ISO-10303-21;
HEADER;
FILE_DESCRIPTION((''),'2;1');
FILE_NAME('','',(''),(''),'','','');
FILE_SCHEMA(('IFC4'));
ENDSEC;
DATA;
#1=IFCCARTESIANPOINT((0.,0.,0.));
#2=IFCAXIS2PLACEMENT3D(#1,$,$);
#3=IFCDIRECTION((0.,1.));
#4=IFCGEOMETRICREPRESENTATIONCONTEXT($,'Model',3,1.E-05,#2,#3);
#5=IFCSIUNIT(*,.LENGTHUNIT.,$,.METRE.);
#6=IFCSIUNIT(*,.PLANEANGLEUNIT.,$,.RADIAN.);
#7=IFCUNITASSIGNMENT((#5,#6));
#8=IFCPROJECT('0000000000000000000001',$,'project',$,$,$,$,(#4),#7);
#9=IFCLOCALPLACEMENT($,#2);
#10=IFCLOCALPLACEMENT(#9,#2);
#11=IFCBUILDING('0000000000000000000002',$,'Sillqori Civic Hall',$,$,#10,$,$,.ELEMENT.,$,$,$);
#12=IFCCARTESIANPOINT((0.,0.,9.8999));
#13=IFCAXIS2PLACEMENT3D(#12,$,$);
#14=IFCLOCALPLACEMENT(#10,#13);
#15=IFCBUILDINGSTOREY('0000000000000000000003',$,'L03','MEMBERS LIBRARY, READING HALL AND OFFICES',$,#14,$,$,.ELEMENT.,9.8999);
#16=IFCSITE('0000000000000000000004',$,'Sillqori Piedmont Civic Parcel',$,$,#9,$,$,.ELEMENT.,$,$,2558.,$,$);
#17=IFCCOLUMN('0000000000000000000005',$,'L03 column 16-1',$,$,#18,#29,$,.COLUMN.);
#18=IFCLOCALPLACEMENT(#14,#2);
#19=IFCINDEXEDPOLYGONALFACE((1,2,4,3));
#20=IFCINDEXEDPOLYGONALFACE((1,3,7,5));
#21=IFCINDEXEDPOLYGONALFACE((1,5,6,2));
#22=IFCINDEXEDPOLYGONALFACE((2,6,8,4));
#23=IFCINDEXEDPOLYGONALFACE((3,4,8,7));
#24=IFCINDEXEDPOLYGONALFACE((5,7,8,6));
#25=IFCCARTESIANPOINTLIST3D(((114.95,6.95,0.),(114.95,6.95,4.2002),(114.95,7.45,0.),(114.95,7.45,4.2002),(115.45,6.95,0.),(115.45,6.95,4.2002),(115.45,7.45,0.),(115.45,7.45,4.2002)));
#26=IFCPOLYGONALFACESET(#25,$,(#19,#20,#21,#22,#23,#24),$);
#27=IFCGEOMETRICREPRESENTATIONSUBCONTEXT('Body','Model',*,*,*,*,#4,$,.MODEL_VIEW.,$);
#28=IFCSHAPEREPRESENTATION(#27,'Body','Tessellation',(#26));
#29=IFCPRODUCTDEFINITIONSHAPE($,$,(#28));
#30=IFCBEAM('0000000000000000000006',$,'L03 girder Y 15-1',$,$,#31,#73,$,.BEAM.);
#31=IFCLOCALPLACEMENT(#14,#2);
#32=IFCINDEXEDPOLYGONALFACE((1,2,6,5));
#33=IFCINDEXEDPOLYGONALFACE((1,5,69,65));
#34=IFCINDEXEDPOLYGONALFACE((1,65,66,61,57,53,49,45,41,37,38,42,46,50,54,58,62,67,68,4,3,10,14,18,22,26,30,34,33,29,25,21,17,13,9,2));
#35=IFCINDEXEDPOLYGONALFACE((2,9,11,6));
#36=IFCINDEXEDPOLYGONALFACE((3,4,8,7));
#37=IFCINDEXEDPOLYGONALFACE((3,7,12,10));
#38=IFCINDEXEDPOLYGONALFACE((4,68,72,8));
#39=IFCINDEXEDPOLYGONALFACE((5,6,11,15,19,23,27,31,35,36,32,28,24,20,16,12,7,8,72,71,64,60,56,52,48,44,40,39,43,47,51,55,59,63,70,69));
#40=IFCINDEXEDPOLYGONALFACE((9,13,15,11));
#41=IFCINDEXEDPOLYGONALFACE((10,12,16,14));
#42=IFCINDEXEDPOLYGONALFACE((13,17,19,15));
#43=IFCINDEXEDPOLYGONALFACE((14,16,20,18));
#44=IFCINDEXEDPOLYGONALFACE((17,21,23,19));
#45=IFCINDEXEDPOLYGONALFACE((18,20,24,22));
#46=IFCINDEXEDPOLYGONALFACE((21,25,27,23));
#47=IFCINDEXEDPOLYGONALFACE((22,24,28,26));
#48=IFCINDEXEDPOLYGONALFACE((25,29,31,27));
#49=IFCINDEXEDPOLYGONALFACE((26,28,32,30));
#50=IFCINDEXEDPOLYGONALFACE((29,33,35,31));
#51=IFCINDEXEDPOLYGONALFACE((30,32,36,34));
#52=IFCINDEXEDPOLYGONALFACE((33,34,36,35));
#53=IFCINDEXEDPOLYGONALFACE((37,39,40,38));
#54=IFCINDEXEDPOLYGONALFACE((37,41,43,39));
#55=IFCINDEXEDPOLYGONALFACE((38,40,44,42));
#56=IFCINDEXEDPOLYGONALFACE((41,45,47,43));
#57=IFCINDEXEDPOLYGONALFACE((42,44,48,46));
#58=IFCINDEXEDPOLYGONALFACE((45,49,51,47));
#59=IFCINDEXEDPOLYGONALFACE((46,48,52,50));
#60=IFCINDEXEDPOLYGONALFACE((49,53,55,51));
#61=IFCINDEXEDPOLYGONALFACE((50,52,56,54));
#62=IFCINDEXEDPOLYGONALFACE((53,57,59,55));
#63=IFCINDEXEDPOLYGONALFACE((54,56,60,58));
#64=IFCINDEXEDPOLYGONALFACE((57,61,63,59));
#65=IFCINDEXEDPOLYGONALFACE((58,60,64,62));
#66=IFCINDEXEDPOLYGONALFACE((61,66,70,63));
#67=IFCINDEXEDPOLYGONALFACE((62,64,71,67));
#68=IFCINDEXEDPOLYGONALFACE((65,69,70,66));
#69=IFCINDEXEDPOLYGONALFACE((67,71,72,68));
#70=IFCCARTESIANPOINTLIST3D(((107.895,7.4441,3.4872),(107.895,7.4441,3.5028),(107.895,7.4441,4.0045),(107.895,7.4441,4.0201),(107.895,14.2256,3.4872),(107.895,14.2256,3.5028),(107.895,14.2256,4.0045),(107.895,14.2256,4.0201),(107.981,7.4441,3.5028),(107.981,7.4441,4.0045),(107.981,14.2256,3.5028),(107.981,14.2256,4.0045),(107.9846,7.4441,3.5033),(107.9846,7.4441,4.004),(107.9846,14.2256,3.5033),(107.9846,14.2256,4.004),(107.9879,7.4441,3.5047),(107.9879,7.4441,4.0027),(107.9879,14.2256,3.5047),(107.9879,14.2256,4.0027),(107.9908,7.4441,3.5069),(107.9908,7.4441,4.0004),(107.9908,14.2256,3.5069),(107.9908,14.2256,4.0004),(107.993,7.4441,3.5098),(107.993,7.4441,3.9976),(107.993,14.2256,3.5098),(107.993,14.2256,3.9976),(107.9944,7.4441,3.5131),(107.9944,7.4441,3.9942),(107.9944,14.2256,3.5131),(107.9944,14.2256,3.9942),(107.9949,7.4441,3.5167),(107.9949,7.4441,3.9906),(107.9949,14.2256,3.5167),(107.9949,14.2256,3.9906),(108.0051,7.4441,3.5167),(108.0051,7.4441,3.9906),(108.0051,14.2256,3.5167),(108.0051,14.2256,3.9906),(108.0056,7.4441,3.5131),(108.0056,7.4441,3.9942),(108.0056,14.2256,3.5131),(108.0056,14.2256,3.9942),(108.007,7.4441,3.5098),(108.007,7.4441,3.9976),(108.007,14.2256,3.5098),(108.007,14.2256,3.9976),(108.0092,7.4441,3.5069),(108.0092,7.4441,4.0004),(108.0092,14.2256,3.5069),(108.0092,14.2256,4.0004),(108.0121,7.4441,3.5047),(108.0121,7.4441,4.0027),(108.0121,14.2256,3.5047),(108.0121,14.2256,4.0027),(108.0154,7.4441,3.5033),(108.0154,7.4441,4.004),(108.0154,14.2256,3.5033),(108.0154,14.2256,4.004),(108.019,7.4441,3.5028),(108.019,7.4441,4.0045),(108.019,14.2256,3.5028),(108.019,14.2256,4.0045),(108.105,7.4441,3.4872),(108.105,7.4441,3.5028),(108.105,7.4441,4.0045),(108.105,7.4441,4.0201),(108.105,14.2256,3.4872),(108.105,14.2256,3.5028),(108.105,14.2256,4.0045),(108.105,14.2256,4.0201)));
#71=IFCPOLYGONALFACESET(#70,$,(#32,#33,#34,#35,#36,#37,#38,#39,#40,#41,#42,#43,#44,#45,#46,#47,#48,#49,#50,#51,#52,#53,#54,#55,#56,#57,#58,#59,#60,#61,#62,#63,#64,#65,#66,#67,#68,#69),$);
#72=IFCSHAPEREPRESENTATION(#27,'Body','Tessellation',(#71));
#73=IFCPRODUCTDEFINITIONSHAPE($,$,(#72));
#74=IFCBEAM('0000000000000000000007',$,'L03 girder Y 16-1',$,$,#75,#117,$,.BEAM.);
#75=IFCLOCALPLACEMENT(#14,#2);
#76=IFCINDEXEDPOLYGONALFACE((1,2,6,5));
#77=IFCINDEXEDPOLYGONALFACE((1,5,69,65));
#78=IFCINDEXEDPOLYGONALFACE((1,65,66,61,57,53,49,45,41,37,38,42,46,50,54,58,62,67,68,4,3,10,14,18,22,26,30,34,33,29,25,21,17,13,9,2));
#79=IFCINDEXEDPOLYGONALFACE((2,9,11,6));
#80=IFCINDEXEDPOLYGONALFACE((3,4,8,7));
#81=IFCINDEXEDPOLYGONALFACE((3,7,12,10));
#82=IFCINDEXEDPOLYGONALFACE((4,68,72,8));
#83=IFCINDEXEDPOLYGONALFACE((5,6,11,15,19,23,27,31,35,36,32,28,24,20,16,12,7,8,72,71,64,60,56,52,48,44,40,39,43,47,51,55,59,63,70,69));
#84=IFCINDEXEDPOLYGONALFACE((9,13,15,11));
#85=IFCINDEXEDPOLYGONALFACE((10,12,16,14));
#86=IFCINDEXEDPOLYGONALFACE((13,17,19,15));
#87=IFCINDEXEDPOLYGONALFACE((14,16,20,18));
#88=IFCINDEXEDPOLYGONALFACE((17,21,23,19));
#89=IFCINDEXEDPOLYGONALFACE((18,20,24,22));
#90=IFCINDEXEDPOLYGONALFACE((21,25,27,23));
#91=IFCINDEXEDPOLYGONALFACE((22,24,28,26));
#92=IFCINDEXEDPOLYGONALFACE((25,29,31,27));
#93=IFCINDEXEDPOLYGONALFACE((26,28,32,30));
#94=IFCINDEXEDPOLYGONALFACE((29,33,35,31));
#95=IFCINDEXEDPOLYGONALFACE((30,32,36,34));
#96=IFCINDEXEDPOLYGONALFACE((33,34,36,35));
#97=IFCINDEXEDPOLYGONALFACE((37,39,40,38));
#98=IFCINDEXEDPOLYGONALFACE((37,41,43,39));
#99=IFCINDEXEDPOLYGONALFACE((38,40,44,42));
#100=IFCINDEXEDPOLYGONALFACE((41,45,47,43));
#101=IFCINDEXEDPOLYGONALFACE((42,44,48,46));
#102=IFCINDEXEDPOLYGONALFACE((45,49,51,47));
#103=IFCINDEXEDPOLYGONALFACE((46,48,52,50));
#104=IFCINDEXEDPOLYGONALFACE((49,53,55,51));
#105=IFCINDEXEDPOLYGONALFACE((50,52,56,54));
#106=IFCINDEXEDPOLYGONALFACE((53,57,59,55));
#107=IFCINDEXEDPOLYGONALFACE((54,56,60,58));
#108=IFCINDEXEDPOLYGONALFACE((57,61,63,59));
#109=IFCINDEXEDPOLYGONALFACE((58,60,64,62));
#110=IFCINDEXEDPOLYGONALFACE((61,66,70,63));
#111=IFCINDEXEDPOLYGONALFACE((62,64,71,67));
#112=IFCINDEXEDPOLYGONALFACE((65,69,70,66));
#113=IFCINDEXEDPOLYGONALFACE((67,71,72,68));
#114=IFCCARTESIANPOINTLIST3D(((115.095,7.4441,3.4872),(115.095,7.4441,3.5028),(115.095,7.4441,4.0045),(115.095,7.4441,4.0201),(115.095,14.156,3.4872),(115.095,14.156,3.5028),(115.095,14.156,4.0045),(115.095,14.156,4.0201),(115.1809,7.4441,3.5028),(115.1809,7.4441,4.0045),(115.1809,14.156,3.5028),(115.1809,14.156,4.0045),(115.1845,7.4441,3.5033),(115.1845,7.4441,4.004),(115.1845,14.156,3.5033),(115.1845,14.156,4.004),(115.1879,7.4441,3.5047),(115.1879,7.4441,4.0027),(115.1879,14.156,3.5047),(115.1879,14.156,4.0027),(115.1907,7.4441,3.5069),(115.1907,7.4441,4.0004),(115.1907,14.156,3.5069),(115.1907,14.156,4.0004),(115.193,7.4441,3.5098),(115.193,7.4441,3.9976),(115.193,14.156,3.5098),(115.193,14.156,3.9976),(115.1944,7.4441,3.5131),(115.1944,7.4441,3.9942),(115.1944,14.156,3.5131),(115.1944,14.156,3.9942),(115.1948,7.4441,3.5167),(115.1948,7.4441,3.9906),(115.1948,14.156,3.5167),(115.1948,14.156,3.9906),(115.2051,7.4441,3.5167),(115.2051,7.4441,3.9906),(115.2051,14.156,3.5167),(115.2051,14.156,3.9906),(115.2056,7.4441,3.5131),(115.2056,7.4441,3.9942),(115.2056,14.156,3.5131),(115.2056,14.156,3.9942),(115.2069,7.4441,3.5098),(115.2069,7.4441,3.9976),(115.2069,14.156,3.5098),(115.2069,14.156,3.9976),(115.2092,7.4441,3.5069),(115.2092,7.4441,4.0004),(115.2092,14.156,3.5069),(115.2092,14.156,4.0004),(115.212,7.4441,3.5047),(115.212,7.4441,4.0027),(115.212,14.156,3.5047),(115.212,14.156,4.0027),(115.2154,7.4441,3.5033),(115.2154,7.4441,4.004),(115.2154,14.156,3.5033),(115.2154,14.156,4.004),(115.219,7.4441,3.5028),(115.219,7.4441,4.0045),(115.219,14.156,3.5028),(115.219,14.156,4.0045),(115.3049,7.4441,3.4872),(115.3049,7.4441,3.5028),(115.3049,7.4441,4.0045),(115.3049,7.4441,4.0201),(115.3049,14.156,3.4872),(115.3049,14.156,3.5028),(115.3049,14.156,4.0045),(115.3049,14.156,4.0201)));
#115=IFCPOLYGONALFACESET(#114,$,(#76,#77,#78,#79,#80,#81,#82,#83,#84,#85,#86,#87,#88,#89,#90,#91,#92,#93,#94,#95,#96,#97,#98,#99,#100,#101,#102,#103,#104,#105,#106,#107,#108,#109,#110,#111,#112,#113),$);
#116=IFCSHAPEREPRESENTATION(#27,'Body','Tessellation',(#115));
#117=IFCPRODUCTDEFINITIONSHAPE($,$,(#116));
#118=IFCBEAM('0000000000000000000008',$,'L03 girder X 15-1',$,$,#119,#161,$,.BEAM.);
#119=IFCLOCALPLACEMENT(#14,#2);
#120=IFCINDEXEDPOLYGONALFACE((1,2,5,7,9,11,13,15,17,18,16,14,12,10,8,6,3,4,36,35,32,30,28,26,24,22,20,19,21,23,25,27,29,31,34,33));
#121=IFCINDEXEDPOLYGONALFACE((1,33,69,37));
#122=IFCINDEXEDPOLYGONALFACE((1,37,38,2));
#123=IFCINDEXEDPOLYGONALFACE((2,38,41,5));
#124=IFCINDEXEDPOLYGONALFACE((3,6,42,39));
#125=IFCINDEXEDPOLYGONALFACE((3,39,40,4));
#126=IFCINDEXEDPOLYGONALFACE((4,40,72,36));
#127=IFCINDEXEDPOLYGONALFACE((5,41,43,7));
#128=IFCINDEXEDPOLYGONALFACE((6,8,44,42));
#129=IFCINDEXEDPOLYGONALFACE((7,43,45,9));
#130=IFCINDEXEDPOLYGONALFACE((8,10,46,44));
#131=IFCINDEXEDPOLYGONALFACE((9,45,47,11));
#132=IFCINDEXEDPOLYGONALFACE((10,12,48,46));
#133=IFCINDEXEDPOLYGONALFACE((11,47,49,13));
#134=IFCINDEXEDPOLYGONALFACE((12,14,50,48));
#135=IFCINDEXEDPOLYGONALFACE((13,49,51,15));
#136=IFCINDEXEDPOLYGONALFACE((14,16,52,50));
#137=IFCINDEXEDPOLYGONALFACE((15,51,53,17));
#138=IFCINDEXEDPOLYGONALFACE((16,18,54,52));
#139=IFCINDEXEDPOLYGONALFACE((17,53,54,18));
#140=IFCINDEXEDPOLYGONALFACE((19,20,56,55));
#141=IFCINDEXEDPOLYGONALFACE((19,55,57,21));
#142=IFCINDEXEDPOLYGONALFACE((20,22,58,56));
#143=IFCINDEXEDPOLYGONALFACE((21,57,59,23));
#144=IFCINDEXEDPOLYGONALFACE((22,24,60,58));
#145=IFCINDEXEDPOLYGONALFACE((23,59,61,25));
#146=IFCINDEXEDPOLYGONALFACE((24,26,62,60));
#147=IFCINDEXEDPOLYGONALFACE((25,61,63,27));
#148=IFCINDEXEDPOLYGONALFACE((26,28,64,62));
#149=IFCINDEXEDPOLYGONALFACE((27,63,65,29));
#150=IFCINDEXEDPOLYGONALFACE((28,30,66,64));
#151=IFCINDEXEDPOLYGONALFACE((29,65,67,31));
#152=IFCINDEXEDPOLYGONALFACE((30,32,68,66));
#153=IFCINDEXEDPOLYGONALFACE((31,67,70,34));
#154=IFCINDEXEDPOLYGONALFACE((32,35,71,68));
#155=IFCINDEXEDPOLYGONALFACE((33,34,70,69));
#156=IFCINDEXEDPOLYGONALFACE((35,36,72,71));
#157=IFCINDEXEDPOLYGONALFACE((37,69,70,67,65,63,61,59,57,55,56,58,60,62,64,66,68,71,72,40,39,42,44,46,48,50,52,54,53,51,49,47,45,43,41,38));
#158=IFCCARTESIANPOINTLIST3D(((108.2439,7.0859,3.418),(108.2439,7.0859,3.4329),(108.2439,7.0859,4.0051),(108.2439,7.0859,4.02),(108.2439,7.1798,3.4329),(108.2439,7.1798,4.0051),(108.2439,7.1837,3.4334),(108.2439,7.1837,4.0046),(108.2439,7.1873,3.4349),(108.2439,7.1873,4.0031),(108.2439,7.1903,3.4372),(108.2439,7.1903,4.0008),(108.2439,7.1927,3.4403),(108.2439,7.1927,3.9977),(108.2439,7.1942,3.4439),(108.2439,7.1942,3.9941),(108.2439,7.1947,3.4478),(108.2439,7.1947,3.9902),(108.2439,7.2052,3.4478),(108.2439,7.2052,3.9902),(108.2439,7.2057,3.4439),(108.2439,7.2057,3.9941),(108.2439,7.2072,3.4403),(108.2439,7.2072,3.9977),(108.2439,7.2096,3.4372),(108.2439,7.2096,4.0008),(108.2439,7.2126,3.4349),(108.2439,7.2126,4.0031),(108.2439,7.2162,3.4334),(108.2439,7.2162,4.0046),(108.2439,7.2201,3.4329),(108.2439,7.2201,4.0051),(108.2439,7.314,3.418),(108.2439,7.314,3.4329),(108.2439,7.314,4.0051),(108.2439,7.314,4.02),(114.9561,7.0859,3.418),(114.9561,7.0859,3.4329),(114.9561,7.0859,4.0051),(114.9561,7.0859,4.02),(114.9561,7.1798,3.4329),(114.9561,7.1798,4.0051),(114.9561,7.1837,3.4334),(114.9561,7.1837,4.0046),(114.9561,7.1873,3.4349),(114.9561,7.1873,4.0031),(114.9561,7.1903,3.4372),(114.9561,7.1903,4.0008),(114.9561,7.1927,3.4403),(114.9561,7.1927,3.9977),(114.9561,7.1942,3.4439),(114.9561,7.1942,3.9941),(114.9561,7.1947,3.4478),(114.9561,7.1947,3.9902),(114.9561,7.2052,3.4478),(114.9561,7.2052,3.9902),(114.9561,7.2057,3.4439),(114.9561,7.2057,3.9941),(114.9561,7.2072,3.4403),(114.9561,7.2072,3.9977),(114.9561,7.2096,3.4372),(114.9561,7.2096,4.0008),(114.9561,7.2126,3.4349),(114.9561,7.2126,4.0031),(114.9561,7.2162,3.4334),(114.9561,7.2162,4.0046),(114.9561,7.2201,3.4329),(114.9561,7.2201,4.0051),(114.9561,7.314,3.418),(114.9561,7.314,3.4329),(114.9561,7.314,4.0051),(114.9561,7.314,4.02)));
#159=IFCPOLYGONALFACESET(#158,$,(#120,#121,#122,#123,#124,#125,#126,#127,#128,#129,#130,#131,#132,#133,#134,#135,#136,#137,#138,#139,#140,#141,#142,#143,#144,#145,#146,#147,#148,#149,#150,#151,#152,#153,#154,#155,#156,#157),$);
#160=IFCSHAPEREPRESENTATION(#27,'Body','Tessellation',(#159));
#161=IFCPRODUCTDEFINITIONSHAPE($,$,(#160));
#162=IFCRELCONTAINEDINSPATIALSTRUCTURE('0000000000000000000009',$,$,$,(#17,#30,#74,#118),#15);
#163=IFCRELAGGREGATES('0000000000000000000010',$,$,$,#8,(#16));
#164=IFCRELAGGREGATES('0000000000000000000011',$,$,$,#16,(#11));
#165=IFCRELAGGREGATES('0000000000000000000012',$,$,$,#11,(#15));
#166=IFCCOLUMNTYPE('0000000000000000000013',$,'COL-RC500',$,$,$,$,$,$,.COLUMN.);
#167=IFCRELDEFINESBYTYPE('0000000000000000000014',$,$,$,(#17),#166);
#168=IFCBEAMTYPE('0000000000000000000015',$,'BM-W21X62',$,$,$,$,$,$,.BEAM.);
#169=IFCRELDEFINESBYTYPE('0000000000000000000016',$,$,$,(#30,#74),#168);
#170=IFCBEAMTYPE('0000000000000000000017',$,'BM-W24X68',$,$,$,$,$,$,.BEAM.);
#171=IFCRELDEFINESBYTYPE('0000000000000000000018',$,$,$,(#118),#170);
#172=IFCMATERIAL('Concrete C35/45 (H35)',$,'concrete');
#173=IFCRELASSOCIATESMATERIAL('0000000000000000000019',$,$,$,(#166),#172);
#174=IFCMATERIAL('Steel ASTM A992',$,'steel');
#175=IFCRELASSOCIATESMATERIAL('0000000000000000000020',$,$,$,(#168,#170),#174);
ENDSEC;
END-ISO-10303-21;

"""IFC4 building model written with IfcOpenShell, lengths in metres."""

from ifc_helpers import new_model, si_unit, direction, frame, origin, origin_2d, place, context, subcontext, project, spatial, rectangle, i_section, extrude, material, material_profile, profile_set, type_object, element, save


model = new_model("IFC4")

# Units and contexts
model_context = context("Model", 3, precision=1e-05, world=origin(), true_north=direction((0.0, 1.0)))
body_context = subcontext(model_context, "Body", "Model", "MODEL_VIEW")
ifc_project = project(units=[si_unit("LENGTHUNIT", "METRE"), si_unit("PLANEANGLEUNIT", "RADIAN")], contexts=[model_context])

# Site, building, storey
site_placement = place(None, origin())
site = spatial("IfcSite", under=ifc_project, at=site_placement, Name="Sillqori Piedmont Civic Parcel", CompositionType="ELEMENT", RefElevation=2558.0)
building_placement = place(site_placement, origin())
building = spatial("IfcBuilding", under=site, at=building_placement, Name="Sillqori Civic Hall", CompositionType="ELEMENT")
storey_placement = place(building_placement, frame((0.0, 0.0, 9.8999)))
storey = spatial("IfcBuildingStorey", under=building, at=storey_placement, Name="L03", Description="MEMBERS LIBRARY, READING HALL AND OFFICES", CompositionType="ELEMENT", Elevation=9.8999)

# Column
ifc_material_1 = material(Name="Concrete C35/45 (H35)", Category="concrete")
ifc_material_profile_1 = material_profile(ifc_material_1, rectangle(XDim=0.5, YDim=0.5, at=origin_2d()), Name="RC 500x500")
ifc_profile_set_1 = profile_set([ifc_material_profile_1], Name="Concrete C35/45 (H35)")
column_type = type_object("IfcColumnType", Name="COL-RC500", PredefinedType="COLUMN", material=ifc_profile_set_1)
column_placement = place(storey_placement, frame((115.2, 7.2, 0.0), z_axis=(0.0, 0.0, 1.0), x_axis=(1.0, 0.0, 0.0)))
element("IfcColumn", 1, at=column_placement, inside=storey, type_object=column_type, Name="L03 column 16-1", PredefinedType="COLUMN", context=body_context, shape_type="SweptSolid", body=[
    extrude(rectangle(XDim=0.5, YDim=0.5, at=origin_2d()), origin(), (0.0, 0.0, 1.0), 4.2002),
])

# Beams
ifc_material_2 = material(Name="Steel ASTM A992", Category="steel")
ifc_material_profile_2 = material_profile(ifc_material_2, i_section(OverallWidth=0.21, OverallDepth=0.533, WebThickness=0.0103, FlangeThickness=0.0156, FilletRadius=0.0139, at=origin_2d()), Name="W21X62")
ifc_profile_set_2 = profile_set([ifc_material_profile_2], Name="Steel ASTM A992")
beam_type_1 = type_object("IfcBeamType", Name="BM-W21X62", PredefinedType="BEAM", material=ifc_profile_set_2)
beam_1_placement = place(storey_placement, frame((108.0, 7.4441, 3.7537), z_axis=(0.0, 1.0, 0.0), x_axis=(-1.0, 0.0, 0.0)))
element("IfcBeam", 2, at=beam_1_placement, inside=storey, type_object=beam_type_1, Name="L03 girder Y 15-1", PredefinedType="BEAM", context=body_context, shape_type="SweptSolid", body=[
    extrude(i_section(OverallWidth=0.21, OverallDepth=0.533, WebThickness=0.0103, FlangeThickness=0.0156, FilletRadius=0.0139, at=origin_2d()), origin(), (0.0, 0.0, 1.0), 6.7815),
])
beam_2_placement = place(storey_placement, frame((115.2, 7.4441, 3.7537), z_axis=(0.0, 1.0, 0.0), x_axis=(-1.0, 0.0, 0.0)))
element("IfcBeam", 3, at=beam_2_placement, inside=storey, type_object=beam_type_1, Name="L03 girder Y 16-1", PredefinedType="BEAM", context=body_context, shape_type="SweptSolid", body=[
    extrude(i_section(OverallWidth=0.21, OverallDepth=0.533, WebThickness=0.0103, FlangeThickness=0.0156, FilletRadius=0.0139, at=origin_2d()), origin(), (0.0, 0.0, 1.0), 6.7119),
])
ifc_material_profile_3 = material_profile(ifc_material_2, i_section(OverallWidth=0.228, OverallDepth=0.6021, WebThickness=0.0105, FlangeThickness=0.0149, FilletRadius=0.0149, at=origin_2d()), Name="W24X68")
ifc_profile_set_3 = profile_set([ifc_material_profile_3], Name="Steel ASTM A992")
beam_type_2 = type_object("IfcBeamType", Name="BM-W24X68", PredefinedType="BEAM", material=ifc_profile_set_3)
beam_3_placement = place(storey_placement, frame((108.2439, 7.2, 3.719), z_axis=(1.0, 0.0, 0.0), x_axis=(0.0, 1.0, 0.0)))
element("IfcBeam", 4, at=beam_3_placement, inside=storey, type_object=beam_type_2, Name="L03 girder X 15-1", PredefinedType="BEAM", context=body_context, shape_type="SweptSolid", body=[
    extrude(i_section(OverallWidth=0.228, OverallDepth=0.6021, WebThickness=0.0105, FlangeThickness=0.0149, FilletRadius=0.0149, at=origin_2d()), origin(), (0.0, 0.0, 1.0), 6.7122),
])

save(model, "model.ifc")
